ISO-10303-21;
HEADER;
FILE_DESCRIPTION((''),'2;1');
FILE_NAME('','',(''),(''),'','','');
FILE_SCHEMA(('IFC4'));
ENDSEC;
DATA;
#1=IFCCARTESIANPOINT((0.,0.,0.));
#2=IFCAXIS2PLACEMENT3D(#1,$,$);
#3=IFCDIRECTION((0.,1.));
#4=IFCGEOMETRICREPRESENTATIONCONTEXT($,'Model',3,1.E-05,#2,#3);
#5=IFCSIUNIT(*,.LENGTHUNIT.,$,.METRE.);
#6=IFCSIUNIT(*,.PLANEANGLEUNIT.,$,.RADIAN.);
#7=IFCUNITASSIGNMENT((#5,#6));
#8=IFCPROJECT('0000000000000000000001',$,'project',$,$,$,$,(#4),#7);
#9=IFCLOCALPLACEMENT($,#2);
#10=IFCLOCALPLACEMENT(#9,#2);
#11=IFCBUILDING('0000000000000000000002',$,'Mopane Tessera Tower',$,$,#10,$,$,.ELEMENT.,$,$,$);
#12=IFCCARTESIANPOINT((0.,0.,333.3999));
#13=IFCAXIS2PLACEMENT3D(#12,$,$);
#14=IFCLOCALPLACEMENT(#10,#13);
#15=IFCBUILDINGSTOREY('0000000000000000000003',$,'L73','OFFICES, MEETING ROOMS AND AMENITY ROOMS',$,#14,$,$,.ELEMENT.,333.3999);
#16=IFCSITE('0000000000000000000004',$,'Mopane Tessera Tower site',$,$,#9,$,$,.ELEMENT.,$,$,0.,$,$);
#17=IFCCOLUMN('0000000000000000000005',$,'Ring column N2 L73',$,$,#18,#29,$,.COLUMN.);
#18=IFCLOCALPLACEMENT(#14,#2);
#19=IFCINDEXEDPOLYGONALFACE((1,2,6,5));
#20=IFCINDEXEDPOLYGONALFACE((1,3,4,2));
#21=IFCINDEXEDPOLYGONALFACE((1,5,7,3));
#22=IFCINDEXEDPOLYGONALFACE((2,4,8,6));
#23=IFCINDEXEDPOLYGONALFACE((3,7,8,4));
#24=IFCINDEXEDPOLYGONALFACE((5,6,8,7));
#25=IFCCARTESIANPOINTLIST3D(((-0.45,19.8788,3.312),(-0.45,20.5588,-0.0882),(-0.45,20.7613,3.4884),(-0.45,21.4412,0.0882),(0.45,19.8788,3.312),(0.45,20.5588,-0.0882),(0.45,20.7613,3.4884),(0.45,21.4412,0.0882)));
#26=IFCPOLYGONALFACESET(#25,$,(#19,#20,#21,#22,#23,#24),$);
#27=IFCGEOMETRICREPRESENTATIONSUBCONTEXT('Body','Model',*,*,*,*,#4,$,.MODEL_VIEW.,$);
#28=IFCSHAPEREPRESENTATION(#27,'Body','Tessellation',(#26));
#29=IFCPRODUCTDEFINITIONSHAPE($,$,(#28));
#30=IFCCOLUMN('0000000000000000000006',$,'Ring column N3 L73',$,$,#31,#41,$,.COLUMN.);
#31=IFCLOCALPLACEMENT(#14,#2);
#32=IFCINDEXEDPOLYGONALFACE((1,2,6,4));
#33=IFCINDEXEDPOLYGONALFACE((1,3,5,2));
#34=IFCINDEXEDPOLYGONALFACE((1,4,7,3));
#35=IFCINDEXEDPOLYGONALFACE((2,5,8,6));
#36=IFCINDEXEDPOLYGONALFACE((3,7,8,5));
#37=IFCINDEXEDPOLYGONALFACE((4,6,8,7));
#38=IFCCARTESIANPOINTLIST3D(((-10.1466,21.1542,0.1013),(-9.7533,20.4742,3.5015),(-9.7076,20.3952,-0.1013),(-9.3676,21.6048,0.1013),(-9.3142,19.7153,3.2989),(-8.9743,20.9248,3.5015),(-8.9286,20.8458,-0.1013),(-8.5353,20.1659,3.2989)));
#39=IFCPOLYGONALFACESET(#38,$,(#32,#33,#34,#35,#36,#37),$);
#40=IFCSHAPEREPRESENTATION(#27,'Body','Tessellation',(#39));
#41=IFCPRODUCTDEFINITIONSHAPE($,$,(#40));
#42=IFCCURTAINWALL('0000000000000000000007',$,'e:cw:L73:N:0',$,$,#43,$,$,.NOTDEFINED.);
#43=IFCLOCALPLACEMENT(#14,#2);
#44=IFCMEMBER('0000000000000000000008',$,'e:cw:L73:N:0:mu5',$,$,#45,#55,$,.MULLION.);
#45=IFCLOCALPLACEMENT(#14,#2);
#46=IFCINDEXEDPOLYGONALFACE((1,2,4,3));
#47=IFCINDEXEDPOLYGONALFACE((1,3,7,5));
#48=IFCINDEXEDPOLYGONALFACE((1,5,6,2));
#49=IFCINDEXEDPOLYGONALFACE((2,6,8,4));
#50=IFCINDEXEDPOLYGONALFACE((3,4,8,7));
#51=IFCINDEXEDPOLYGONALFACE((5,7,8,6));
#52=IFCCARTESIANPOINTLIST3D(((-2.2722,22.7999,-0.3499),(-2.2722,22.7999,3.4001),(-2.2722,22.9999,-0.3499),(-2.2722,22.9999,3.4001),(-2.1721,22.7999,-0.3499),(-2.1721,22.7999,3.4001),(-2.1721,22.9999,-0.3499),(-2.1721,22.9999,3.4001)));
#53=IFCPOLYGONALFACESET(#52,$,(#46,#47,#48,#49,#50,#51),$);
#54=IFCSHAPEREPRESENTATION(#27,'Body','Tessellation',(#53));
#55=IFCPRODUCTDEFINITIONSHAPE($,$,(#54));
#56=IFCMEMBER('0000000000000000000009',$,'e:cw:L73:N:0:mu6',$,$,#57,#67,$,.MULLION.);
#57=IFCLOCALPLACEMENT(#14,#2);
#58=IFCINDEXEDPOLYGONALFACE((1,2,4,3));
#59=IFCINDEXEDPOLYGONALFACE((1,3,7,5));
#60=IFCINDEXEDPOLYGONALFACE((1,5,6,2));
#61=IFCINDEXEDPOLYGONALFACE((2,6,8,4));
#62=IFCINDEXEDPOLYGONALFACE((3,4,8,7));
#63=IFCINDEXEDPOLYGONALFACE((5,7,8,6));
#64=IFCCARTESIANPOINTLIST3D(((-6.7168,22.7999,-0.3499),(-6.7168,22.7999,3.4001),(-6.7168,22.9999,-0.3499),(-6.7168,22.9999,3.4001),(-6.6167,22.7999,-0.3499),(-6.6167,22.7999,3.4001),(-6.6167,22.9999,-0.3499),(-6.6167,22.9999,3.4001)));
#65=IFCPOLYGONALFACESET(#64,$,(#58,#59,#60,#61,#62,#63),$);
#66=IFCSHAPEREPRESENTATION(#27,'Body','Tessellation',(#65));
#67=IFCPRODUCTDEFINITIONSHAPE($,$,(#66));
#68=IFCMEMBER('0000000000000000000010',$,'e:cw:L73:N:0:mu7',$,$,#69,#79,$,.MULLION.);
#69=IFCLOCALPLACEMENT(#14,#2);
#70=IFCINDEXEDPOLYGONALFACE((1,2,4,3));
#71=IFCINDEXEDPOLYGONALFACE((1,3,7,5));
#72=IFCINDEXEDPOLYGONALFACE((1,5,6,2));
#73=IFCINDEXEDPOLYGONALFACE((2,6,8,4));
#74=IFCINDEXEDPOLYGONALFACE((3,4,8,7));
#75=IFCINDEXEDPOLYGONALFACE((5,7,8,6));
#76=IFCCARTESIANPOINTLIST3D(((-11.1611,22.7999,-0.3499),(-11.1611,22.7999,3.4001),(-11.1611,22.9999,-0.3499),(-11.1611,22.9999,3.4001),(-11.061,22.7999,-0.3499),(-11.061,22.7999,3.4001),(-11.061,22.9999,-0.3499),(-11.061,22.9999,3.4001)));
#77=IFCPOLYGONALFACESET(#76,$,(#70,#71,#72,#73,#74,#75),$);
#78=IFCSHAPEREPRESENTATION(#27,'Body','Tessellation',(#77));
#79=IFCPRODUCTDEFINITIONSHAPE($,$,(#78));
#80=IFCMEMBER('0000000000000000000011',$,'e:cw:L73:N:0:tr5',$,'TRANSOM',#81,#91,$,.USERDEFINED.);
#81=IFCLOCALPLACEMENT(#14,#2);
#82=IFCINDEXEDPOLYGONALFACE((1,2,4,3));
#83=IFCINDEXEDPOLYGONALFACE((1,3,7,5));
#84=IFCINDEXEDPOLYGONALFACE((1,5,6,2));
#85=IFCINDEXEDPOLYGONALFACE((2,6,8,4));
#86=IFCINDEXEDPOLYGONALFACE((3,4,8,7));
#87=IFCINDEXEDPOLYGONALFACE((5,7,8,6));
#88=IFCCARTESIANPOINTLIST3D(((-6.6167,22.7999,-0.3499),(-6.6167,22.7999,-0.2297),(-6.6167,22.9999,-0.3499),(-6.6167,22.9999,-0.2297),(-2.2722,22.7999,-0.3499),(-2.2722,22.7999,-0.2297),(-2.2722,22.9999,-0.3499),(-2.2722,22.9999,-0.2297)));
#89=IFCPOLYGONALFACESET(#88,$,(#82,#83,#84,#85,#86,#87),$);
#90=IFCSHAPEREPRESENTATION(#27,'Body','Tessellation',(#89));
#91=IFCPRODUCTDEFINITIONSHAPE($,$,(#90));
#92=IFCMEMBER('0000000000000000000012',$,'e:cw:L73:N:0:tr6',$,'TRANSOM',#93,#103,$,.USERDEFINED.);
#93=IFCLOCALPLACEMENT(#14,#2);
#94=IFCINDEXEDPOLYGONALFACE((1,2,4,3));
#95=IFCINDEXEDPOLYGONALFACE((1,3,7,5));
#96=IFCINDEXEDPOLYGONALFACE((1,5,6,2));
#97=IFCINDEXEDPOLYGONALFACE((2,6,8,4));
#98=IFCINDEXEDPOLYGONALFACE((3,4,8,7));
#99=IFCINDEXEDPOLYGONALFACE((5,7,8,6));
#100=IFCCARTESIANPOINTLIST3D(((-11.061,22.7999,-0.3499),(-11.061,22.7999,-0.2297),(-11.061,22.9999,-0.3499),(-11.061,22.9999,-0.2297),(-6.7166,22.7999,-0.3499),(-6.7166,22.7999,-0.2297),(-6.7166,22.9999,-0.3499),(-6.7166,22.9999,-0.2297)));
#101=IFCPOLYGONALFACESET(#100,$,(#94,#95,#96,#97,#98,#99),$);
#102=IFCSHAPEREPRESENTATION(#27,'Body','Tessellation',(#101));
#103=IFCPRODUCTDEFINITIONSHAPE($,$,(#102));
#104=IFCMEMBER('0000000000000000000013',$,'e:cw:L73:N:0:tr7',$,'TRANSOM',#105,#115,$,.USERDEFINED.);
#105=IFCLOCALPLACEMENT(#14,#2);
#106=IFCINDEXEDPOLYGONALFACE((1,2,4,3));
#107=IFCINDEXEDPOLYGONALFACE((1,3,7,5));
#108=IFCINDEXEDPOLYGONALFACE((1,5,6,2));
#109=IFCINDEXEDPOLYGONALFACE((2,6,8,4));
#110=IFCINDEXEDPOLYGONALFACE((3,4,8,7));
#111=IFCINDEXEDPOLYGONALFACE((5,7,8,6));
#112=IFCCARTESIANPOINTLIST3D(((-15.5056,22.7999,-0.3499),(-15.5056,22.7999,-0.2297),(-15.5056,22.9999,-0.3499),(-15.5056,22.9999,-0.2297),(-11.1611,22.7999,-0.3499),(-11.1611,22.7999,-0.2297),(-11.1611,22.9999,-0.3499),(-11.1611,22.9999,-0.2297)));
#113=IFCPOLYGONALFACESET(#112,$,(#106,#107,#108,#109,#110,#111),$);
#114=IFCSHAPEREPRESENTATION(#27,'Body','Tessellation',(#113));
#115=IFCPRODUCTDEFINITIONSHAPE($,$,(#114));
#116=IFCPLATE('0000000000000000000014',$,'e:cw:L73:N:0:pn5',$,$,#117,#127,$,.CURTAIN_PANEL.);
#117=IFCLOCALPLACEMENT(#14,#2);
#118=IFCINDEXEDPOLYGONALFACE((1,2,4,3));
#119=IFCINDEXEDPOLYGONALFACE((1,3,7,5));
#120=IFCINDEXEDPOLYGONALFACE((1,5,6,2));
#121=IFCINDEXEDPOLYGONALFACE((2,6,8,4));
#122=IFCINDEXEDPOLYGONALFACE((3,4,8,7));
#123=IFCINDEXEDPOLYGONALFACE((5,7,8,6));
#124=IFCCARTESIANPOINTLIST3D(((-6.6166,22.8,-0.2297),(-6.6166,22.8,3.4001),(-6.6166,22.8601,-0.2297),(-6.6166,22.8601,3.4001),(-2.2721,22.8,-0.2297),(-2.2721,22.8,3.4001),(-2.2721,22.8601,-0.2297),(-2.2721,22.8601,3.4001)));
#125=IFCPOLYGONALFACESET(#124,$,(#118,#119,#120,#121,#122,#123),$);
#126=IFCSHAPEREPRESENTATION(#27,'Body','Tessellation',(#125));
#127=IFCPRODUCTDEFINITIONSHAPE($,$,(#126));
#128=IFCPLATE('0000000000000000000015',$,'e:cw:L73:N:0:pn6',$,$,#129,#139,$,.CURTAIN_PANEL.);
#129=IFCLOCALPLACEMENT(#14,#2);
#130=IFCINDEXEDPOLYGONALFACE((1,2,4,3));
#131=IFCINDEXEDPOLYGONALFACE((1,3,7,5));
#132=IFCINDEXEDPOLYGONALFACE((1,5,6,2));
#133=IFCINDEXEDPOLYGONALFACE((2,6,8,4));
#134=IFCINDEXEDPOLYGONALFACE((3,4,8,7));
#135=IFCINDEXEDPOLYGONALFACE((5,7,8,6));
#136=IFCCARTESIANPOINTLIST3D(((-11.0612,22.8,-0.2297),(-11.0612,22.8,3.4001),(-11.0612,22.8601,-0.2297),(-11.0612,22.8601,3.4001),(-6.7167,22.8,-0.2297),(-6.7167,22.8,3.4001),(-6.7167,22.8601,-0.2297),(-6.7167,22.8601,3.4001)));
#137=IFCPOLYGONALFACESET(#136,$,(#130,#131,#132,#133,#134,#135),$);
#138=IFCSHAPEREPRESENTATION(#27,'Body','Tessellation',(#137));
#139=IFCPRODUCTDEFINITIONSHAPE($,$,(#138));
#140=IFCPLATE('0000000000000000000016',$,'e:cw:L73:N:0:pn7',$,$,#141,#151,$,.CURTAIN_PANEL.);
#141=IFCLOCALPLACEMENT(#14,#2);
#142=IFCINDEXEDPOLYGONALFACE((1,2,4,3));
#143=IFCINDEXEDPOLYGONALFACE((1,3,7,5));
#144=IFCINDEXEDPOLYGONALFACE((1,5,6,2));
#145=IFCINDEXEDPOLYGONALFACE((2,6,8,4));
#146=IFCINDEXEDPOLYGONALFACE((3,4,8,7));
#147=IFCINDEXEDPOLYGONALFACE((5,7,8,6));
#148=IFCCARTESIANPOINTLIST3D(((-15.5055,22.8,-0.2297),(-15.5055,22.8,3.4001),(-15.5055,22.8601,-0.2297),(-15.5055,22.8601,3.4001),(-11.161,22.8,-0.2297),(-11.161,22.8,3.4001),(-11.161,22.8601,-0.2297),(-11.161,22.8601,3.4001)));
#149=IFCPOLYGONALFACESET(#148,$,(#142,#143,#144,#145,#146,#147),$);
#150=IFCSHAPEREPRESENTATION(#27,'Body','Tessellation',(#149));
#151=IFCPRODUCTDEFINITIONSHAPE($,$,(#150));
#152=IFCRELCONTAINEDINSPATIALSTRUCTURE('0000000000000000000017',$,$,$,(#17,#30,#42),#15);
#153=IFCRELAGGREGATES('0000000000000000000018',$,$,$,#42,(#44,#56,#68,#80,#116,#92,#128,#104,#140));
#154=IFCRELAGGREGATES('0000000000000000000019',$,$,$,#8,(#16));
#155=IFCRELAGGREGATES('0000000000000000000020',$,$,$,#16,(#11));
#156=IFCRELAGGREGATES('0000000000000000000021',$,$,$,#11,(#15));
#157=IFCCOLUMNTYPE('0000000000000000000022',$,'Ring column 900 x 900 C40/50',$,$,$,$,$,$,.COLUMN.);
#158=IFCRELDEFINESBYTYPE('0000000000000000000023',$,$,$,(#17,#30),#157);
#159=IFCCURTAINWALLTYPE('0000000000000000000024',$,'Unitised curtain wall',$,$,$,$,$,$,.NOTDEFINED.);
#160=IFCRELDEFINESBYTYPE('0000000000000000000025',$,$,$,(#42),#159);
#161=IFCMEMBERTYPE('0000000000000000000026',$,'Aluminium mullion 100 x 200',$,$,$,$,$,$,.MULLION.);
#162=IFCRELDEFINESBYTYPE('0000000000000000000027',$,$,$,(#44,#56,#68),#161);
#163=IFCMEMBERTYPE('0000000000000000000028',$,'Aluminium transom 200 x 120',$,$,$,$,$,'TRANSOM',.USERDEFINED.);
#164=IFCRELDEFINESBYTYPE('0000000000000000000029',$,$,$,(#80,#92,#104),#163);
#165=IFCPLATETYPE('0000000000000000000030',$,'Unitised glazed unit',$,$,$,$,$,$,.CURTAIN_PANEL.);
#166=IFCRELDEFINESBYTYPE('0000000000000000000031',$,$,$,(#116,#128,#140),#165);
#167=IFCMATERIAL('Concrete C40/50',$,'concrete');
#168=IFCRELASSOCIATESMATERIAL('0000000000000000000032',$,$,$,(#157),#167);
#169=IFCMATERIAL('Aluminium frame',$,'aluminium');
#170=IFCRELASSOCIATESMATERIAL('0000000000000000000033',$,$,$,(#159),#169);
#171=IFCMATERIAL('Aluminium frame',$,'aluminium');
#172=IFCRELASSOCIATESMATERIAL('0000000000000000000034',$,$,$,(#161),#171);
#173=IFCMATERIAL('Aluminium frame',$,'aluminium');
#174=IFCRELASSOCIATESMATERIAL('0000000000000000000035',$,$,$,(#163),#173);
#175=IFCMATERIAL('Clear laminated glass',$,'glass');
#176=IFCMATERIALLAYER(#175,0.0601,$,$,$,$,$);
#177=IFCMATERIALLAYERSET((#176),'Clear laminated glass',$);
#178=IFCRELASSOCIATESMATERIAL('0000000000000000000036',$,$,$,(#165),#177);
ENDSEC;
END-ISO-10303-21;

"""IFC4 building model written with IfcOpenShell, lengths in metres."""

from ifc_helpers import new_model, si_unit, direction, frame, origin, origin_2d, place, context, subcontext, project, spatial, rectangle, extrude, material, layer, layer_set, material_profile, profile_set, type_object, element, aggregate, save


model = new_model("IFC4")

# Units and contexts
model_context = context("Model", 3, precision=1e-05, world=origin(), true_north=direction((0.0, 1.0)))
body_context = subcontext(model_context, "Body", "Model", "MODEL_VIEW")
ifc_project = project(units=[si_unit("LENGTHUNIT", "METRE"), si_unit("PLANEANGLEUNIT", "RADIAN")], contexts=[model_context])

# Site, building, storey
site_placement = place(None, origin())
site = spatial("IfcSite", under=ifc_project, at=site_placement, Name="Mopane Tessera Tower site", CompositionType="ELEMENT", RefElevation=0.0)
building_placement = place(site_placement, origin())
building = spatial("IfcBuilding", under=site, at=building_placement, Name="Mopane Tessera Tower", CompositionType="ELEMENT")
storey_placement = place(building_placement, frame((0.0, 0.0, 333.3999)))
storey = spatial("IfcBuildingStorey", under=building, at=storey_placement, Name="L73", Description="OFFICES, MEETING ROOMS AND AMENITY ROOMS", CompositionType="ELEMENT", Elevation=333.3999)

# Columns
ifc_material_1 = material(Name="Concrete C40/50", Category="concrete")
ifc_material_profile_1 = material_profile(ifc_material_1, rectangle(XDim=0.8999, YDim=0.8999, at=origin_2d()))
ifc_profile_set_1 = profile_set([ifc_material_profile_1], Name="Concrete C40/50")
column_type = type_object("IfcColumnType", Name="Ring column 900 x 900 C40/50", PredefinedType="COLUMN", material=ifc_profile_set_1)
column_1_placement = place(storey_placement, frame((0.0, 21.0, 0.0), z_axis=(0.0, -0.196089, 0.980586), x_axis=(1.0, 0.0, 0.0)))
element("IfcColumn", 1, at=column_1_placement, inside=storey, type_object=column_type, Name="Ring column N2 L73", PredefinedType="COLUMN", context=body_context, shape_type="SweptSolid", body=[
    extrude(rectangle(XDim=0.8999, YDim=0.8999, at=origin_2d()), origin(), (0.0, 0.0, 1.0), 3.4675),
])
column_2_placement = place(storey_placement, frame((-9.5376, 21.0, 0.0), z_axis=(0.112706, -0.19484, 0.974338), x_axis=(0.865611, 0.500718, 0.0)))
element("IfcColumn", 2, at=column_2_placement, inside=storey, type_object=column_type, Name="Ring column N3 L73", PredefinedType="COLUMN", context=body_context, shape_type="SweptSolid", body=[
    extrude(rectangle(XDim=0.8999, YDim=0.8999, at=origin_2d()), origin(), (0.0, 0.0, 1.0), 3.4897),
])

# Curtain wall, members, plates
ifc_material_2 = material(Name="Aluminium frame", Category="aluminium")
curtain_wall_type = type_object("IfcCurtainWallType", Name="Unitised curtain wall", PredefinedType="NOTDEFINED", material=ifc_material_2)
curtain_wall_placement = place(storey_placement, origin())
curtain_wall = element("IfcCurtainWall", 3, at=curtain_wall_placement, inside=storey, type_object=curtain_wall_type, Name="e:cw:L73:N:0", PredefinedType="NOTDEFINED")
ifc_material_3 = material(Name="Aluminium frame", Category="aluminium")
ifc_material_profile_2 = material_profile(ifc_material_3, rectangle(XDim=0.1001, YDim=0.2, at=origin_2d()))
ifc_profile_set_2 = profile_set([ifc_material_profile_2], Name="Aluminium frame")
member_type_1 = type_object("IfcMemberType", Name="Aluminium mullion 100 x 200", PredefinedType="MULLION", material=ifc_profile_set_2)
member_1_placement = place(storey_placement, frame((-2.2222, 22.8999, -0.3499), z_axis=(0.0, 0.0, 1.0), x_axis=(-1.0, 0.0, 0.0)))
member_1 = element("IfcMember", 4, at=member_1_placement, type_object=member_type_1, Name="e:cw:L73:N:0:mu5", PredefinedType="MULLION", context=body_context, shape_type="SweptSolid", body=[
    extrude(rectangle(XDim=0.1001, YDim=0.2, at=origin_2d()), origin(), (0.0, 0.0, 1.0), 3.75),
])
member_2_placement = place(storey_placement, frame((-6.6667, 22.8999, -0.3499), z_axis=(0.0, 0.0, 1.0), x_axis=(-1.0, 0.0, 0.0)))
member_2 = element("IfcMember", 5, at=member_2_placement, type_object=member_type_1, Name="e:cw:L73:N:0:mu6", PredefinedType="MULLION", context=body_context, shape_type="SweptSolid", body=[
    extrude(rectangle(XDim=0.1001, YDim=0.2, at=origin_2d()), origin(), (0.0, 0.0, 1.0), 3.75),
])
member_3_placement = place(storey_placement, frame((-11.1111, 22.8999, -0.3499), z_axis=(0.0, 0.0, 1.0), x_axis=(-1.0, 0.0, 0.0)))
member_3 = element("IfcMember", 6, at=member_3_placement, type_object=member_type_1, Name="e:cw:L73:N:0:mu7", PredefinedType="MULLION", context=body_context, shape_type="SweptSolid", body=[
    extrude(rectangle(XDim=0.1001, YDim=0.2, at=origin_2d()), origin(), (0.0, 0.0, 1.0), 3.75),
])
ifc_material_4 = material(Name="Aluminium frame", Category="aluminium")
ifc_material_profile_3 = material_profile(ifc_material_4, rectangle(XDim=0.2, YDim=0.1201, at=origin_2d()))
ifc_profile_set_3 = profile_set([ifc_material_profile_3], Name="Aluminium frame")
member_type_2 = type_object("IfcMemberType", Name="Aluminium transom 200 x 120", ElementType="TRANSOM", PredefinedType="USERDEFINED", material=ifc_profile_set_3)
member_4_placement = place(storey_placement, frame((-2.2722, 22.8999, -0.2898), z_axis=(-1.0, 0.0, 0.0), x_axis=(0.0, -1.0, 0.0)))
member_4 = element("IfcMember", 7, at=member_4_placement, type_object=member_type_2, Name="e:cw:L73:N:0:tr5", ObjectType="TRANSOM", PredefinedType="USERDEFINED", context=body_context, shape_type="SweptSolid", body=[
    extrude(rectangle(XDim=0.2, YDim=0.1201, at=origin_2d()), origin(), (0.0, 0.0, 1.0), 4.3445),
])
member_5_placement = place(storey_placement, frame((-6.7166, 22.8999, -0.2898), z_axis=(-1.0, 0.0, 0.0), x_axis=(0.0, -1.0, 0.0)))
member_5 = element("IfcMember", 8, at=member_5_placement, type_object=member_type_2, Name="e:cw:L73:N:0:tr6", ObjectType="TRANSOM", PredefinedType="USERDEFINED", context=body_context, shape_type="SweptSolid", body=[
    extrude(rectangle(XDim=0.2, YDim=0.1201, at=origin_2d()), origin(), (0.0, 0.0, 1.0), 4.3445),
])
member_6_placement = place(storey_placement, frame((-11.1611, 22.8999, -0.2898), z_axis=(-1.0, 0.0, 0.0), x_axis=(0.0, -1.0, 0.0)))
member_6 = element("IfcMember", 9, at=member_6_placement, type_object=member_type_2, Name="e:cw:L73:N:0:tr7", ObjectType="TRANSOM", PredefinedType="USERDEFINED", context=body_context, shape_type="SweptSolid", body=[
    extrude(rectangle(XDim=0.2, YDim=0.1201, at=origin_2d()), origin(), (0.0, 0.0, 1.0), 4.3445),
])
ifc_material_5 = material(Name="Clear laminated glass", Category="glass")
ifc_layer_1 = layer(ifc_material_5, 0.0601)
ifc_layer_set_1 = layer_set([ifc_layer_1], Name="Clear laminated glass")
plate_type = type_object("IfcPlateType", Name="Unitised glazed unit", PredefinedType="CURTAIN_PANEL", material=ifc_layer_set_1)
plate_1_placement = place(storey_placement, frame((-4.4443, 22.8301, -0.2297), z_axis=(0.0, 0.0, 1.0), x_axis=(-1.0, 0.0, 0.0)))
plate_1 = element("IfcPlate", 10, at=plate_1_placement, type_object=plate_type, Name="e:cw:L73:N:0:pn5", PredefinedType="CURTAIN_PANEL", context=body_context, shape_type="SweptSolid", body=[
    extrude(rectangle(XDim=4.3445, YDim=0.0601, at=origin_2d()), origin(), (0.0, 0.0, 1.0), 3.6299),
])
plate_2_placement = place(storey_placement, frame((-8.8889, 22.8301, -0.2297), z_axis=(0.0, 0.0, 1.0), x_axis=(-1.0, 0.0, 0.0)))
plate_2 = element("IfcPlate", 11, at=plate_2_placement, type_object=plate_type, Name="e:cw:L73:N:0:pn6", PredefinedType="CURTAIN_PANEL", context=body_context, shape_type="SweptSolid", body=[
    extrude(rectangle(XDim=4.3445, YDim=0.0601, at=origin_2d()), origin(), (0.0, 0.0, 1.0), 3.6299),
])
plate_3_placement = place(storey_placement, frame((-13.3333, 22.8301, -0.2297), z_axis=(0.0, 0.0, 1.0), x_axis=(-1.0, 0.0, 0.0)))
plate_3 = element("IfcPlate", 12, at=plate_3_placement, type_object=plate_type, Name="e:cw:L73:N:0:pn7", PredefinedType="CURTAIN_PANEL", context=body_context, shape_type="SweptSolid", body=[
    extrude(rectangle(XDim=4.3445, YDim=0.0601, at=origin_2d()), origin(), (0.0, 0.0, 1.0), 3.6299),
])
aggregate(curtain_wall, [member_1, member_2, member_3, member_4, plate_1, member_5, plate_2, member_6, plate_3])

save(model, "model.ifc")
